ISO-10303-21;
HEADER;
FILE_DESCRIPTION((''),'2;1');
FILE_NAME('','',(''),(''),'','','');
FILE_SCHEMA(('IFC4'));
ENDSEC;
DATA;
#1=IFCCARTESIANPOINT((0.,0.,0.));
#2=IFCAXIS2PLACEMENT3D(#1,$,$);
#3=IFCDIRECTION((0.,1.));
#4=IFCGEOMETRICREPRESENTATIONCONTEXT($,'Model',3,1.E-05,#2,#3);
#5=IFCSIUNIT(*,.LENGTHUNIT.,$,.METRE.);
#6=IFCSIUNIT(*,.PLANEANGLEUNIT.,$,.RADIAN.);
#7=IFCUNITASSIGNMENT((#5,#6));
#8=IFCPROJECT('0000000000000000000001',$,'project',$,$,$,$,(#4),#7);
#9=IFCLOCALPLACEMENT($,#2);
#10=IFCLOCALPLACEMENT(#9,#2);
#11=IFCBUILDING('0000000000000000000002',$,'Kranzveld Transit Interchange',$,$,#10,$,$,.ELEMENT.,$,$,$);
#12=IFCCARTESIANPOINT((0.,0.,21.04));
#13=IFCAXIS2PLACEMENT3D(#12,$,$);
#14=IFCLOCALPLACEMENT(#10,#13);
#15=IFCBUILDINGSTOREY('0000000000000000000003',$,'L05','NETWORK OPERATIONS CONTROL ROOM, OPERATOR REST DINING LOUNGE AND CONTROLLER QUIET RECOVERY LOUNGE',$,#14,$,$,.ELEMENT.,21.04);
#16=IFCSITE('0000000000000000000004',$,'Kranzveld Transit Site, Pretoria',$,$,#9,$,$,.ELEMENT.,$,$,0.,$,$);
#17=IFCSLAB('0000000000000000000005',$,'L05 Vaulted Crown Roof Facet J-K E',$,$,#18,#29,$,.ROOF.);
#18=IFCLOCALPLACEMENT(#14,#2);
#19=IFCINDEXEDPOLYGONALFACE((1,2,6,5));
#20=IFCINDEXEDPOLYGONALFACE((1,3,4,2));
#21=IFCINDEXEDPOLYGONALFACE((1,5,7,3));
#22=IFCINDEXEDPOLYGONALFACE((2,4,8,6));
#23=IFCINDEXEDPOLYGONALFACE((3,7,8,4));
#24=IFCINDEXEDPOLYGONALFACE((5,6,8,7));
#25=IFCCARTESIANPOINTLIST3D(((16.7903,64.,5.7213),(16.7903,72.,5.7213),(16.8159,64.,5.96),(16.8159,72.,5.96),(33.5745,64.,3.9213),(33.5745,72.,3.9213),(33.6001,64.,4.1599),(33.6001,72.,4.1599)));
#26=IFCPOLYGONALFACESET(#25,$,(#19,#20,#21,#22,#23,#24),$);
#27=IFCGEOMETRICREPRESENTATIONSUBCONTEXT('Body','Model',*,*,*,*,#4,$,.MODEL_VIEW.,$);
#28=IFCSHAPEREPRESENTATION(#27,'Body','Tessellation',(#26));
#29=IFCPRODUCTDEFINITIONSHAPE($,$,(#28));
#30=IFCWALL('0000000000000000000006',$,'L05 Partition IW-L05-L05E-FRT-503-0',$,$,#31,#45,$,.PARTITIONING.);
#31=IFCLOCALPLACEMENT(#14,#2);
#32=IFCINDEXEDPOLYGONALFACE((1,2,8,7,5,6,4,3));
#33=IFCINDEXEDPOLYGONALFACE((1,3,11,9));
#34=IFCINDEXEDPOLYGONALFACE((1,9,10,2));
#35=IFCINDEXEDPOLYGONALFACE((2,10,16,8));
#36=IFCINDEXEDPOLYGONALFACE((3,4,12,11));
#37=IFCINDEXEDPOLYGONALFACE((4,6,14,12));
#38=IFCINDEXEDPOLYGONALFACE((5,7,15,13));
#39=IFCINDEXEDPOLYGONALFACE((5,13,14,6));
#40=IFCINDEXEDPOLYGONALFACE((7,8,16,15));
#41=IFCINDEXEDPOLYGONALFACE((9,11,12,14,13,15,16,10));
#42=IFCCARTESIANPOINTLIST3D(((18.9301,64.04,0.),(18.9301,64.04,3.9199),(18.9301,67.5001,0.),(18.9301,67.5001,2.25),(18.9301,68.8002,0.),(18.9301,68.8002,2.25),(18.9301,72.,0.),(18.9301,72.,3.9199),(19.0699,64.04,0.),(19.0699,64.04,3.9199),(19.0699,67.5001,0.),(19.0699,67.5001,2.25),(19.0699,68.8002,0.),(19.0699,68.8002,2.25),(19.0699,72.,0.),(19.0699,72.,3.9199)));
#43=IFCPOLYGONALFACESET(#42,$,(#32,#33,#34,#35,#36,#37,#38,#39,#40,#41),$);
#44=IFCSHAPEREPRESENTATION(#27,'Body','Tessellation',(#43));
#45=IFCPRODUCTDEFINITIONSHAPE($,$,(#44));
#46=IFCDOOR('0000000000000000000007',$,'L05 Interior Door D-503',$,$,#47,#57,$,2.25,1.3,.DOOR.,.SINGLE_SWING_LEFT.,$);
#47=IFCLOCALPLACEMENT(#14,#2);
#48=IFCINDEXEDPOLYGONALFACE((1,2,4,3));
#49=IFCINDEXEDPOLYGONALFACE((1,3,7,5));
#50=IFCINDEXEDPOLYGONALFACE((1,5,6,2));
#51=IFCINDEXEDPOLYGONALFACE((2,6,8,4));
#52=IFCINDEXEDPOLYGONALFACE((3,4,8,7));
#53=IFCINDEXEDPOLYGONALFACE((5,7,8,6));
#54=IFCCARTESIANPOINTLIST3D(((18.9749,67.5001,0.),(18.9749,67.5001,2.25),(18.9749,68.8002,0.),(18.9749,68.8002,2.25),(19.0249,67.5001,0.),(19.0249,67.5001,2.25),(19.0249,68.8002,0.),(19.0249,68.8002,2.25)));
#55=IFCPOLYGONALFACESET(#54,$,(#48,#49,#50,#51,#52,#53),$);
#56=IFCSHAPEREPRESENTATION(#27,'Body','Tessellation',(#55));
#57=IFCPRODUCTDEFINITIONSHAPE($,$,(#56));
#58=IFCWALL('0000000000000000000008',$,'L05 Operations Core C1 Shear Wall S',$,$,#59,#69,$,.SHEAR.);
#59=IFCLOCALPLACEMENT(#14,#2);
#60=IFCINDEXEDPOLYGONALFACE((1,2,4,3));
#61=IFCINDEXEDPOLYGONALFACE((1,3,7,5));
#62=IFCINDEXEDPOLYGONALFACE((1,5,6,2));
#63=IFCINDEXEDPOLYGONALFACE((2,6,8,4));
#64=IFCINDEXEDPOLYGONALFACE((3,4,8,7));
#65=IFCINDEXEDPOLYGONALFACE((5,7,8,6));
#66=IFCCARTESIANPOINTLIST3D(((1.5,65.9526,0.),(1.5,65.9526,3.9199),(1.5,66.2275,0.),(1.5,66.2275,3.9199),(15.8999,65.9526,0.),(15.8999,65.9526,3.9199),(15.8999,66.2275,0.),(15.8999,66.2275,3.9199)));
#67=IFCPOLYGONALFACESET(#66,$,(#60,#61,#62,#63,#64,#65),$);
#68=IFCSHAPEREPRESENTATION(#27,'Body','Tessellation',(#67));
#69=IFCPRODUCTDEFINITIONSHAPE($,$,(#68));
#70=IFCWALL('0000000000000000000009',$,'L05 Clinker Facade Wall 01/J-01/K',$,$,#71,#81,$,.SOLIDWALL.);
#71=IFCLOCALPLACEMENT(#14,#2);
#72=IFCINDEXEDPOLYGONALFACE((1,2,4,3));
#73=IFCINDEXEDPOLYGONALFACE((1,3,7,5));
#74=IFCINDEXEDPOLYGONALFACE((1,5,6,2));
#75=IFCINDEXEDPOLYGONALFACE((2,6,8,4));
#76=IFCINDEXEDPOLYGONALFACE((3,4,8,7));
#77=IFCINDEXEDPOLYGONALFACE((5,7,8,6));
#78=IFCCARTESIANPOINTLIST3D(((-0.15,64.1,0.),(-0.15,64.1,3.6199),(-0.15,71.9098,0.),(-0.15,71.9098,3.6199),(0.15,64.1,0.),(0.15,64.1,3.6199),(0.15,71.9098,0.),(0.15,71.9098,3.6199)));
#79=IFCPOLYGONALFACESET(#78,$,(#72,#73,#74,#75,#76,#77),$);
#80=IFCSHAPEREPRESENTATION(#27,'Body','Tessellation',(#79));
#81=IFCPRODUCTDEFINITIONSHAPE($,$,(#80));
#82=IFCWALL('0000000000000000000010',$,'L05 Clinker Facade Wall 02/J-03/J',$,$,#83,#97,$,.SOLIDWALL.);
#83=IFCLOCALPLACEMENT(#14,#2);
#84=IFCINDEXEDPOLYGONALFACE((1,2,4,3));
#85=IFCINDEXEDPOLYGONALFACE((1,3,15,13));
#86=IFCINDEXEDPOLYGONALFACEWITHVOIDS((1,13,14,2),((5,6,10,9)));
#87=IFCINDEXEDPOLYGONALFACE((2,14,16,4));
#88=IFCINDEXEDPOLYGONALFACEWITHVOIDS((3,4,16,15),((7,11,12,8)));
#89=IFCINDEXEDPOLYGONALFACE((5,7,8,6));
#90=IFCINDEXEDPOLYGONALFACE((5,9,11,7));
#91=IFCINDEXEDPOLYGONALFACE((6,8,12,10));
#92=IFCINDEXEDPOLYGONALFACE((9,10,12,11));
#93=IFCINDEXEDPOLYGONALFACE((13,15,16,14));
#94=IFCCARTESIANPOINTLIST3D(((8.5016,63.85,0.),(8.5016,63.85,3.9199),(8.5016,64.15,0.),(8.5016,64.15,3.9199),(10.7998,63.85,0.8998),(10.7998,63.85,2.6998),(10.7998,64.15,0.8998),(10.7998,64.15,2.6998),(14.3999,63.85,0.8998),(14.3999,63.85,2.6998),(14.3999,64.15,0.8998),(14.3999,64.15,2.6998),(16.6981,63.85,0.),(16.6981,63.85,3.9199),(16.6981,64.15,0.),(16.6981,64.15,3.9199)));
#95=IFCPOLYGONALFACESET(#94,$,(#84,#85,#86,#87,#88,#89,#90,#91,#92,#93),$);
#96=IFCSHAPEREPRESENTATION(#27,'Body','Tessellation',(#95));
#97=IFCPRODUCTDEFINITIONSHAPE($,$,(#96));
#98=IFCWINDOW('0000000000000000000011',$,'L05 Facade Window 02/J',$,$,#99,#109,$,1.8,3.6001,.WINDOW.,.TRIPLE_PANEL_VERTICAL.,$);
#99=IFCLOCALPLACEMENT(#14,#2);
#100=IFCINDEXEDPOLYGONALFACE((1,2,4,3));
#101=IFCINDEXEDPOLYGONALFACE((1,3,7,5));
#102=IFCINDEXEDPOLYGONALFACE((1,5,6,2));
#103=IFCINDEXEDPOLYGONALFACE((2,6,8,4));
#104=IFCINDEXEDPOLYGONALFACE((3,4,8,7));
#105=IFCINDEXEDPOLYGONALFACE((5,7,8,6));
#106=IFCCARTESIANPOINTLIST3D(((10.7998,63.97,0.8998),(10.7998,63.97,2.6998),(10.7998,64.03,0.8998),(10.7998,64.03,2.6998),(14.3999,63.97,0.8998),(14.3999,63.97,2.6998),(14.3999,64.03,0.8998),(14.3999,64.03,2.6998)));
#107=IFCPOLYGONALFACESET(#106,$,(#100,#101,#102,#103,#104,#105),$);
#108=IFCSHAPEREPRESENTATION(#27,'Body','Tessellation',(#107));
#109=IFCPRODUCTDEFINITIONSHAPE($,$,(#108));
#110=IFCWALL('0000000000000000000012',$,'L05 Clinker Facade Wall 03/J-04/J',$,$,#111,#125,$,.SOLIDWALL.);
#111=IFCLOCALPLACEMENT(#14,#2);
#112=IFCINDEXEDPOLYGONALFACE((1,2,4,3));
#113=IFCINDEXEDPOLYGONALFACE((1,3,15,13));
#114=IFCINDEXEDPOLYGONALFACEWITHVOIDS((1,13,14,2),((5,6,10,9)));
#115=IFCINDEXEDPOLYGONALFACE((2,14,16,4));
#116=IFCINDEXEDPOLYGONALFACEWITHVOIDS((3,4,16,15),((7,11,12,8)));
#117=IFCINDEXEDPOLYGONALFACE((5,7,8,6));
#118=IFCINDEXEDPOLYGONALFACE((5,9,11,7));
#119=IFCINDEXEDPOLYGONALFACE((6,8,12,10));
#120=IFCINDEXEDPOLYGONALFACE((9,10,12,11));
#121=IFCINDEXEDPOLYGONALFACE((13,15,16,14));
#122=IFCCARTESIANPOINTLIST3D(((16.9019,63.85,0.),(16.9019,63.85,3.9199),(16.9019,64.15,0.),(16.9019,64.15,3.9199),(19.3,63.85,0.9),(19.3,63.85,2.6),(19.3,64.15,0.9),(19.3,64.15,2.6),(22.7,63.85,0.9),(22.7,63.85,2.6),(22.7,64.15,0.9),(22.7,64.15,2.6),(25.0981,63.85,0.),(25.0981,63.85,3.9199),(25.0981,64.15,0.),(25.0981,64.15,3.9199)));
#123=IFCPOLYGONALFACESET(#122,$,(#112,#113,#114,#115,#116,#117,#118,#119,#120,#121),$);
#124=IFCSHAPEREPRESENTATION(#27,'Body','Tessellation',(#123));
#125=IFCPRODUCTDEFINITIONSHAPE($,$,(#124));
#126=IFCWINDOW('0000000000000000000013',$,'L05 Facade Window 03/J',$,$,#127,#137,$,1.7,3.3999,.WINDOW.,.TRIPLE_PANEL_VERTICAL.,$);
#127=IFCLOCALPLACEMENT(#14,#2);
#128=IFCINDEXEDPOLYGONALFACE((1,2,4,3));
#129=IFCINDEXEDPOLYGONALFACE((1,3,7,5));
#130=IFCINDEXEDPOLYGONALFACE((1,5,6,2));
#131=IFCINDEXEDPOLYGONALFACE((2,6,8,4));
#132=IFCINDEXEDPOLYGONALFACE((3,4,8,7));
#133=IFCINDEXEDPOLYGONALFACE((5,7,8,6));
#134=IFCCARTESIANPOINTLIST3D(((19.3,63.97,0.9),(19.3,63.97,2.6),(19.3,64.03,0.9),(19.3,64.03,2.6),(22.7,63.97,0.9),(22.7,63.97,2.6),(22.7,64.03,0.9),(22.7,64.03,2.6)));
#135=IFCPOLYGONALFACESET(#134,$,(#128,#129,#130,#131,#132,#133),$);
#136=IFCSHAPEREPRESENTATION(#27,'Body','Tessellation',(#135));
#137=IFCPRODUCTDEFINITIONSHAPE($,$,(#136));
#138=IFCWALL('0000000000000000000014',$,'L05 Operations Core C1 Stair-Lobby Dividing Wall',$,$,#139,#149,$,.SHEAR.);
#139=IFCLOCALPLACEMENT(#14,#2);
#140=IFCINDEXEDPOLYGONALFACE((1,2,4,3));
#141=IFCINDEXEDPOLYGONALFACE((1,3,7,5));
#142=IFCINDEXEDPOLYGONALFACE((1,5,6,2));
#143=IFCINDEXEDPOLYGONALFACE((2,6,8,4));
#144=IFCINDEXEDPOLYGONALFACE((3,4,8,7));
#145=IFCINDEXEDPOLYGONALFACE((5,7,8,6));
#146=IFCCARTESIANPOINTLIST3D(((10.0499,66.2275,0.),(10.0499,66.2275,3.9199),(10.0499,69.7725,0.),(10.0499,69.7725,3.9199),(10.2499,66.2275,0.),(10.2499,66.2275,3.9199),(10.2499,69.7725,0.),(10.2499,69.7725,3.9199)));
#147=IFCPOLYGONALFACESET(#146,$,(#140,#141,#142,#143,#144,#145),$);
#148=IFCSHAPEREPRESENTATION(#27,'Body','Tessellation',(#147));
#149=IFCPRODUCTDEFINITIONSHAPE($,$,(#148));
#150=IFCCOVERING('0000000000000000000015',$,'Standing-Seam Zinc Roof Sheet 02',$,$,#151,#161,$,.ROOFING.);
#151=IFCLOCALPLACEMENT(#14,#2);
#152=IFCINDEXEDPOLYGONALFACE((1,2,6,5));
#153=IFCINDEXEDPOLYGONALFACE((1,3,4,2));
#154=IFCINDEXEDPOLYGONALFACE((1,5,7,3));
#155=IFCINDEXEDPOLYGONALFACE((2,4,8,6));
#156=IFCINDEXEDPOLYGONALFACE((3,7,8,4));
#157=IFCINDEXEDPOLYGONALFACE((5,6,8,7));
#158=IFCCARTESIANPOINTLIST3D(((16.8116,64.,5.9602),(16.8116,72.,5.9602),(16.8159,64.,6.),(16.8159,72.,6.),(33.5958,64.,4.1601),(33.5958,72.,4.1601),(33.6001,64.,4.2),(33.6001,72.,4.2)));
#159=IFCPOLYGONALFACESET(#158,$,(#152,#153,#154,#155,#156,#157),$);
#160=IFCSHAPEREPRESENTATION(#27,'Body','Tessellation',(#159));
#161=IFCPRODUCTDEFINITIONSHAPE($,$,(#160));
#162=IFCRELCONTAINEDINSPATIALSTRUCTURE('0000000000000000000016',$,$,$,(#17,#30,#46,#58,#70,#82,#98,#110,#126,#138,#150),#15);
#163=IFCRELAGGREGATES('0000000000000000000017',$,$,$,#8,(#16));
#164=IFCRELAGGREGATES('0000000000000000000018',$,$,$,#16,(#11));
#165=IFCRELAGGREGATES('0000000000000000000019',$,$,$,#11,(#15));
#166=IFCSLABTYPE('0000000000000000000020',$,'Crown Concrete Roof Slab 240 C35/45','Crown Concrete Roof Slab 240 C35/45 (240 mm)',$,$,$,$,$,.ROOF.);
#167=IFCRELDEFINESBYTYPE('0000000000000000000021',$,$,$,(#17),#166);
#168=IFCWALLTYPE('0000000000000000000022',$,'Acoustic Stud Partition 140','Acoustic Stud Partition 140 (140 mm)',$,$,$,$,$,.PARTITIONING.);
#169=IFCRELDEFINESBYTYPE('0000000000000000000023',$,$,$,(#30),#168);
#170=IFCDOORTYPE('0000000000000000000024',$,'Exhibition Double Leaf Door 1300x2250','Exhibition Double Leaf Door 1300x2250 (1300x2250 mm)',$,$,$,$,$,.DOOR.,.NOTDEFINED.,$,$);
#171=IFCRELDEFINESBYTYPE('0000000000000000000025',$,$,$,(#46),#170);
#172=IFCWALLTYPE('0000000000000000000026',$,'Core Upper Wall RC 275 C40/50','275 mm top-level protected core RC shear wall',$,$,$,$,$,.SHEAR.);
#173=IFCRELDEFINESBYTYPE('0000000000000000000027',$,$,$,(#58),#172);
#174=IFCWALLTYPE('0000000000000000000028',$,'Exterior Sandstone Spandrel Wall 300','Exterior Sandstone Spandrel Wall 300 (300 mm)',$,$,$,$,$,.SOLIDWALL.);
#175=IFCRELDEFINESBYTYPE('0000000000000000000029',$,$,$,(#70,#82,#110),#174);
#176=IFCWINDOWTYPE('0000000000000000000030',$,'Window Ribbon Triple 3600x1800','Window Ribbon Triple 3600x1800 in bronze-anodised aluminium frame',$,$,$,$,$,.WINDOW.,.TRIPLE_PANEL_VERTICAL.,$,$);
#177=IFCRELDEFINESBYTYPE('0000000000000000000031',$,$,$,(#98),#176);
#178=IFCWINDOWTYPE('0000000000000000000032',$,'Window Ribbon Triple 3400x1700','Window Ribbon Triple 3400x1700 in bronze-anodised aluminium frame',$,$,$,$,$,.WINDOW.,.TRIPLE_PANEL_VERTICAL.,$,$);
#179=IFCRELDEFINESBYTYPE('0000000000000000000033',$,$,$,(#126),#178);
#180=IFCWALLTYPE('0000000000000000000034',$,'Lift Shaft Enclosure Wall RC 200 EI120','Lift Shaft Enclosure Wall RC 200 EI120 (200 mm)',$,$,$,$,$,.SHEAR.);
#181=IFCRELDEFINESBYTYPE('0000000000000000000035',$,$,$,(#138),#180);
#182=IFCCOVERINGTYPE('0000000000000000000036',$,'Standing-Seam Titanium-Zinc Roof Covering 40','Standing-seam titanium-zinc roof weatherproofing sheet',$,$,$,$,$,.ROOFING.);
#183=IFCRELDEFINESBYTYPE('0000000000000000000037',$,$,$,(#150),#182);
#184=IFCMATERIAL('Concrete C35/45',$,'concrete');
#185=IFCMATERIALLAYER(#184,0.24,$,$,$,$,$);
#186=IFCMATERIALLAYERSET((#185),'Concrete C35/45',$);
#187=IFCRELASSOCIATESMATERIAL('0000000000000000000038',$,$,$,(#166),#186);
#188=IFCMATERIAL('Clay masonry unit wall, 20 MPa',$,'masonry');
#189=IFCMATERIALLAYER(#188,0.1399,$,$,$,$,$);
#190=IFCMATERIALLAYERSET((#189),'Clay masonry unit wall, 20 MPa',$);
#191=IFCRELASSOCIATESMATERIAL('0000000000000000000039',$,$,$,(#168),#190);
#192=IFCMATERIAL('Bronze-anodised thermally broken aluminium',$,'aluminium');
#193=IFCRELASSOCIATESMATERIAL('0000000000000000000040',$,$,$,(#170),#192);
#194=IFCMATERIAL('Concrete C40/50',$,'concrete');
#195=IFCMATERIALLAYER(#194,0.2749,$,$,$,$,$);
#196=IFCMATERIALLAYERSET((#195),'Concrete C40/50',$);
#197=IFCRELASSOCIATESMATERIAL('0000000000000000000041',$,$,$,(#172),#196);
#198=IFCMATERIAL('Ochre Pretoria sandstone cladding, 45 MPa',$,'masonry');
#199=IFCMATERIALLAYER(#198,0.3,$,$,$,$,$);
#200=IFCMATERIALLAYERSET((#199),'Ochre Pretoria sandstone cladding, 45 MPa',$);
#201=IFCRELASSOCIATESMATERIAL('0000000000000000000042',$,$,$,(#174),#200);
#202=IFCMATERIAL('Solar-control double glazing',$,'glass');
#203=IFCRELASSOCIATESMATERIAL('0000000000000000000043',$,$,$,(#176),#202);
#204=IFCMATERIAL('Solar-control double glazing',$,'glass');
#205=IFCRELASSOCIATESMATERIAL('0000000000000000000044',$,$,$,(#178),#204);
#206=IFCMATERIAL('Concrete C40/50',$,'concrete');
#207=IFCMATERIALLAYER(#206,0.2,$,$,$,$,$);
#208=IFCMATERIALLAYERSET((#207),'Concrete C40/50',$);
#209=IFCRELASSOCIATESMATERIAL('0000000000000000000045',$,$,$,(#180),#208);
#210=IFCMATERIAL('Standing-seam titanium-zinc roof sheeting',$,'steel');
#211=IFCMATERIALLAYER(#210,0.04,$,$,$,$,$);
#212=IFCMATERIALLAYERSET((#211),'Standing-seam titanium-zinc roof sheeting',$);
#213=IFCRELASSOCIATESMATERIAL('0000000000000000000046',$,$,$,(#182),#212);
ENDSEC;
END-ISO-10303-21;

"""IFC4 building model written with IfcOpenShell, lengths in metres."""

from ifc_helpers import new_model, si_unit, direction, frame, frame_2d, origin, place, context, subcontext, project, spatial, polyline, rectangle, outline, extrude, material, layer, layer_set, type_object, element, fill, save


model = new_model("IFC4")

# Units and contexts
model_context = context("Model", 3, precision=1e-05, world=origin(), true_north=direction((0.0, 1.0)))
body_context = subcontext(model_context, "Body", "Model", "MODEL_VIEW")
ifc_project = project(units=[si_unit("LENGTHUNIT", "METRE"), si_unit("PLANEANGLEUNIT", "RADIAN")], contexts=[model_context])

# Site, building, storey
site_placement = place(None, origin())
site = spatial("IfcSite", under=ifc_project, at=site_placement, Name="Kranzveld Transit Site, Pretoria", CompositionType="ELEMENT", RefElevation=0.0)
building_placement = place(site_placement, origin())
building = spatial("IfcBuilding", under=site, at=building_placement, Name="Kranzveld Transit Interchange", CompositionType="ELEMENT")
storey_placement = place(building_placement, frame((0.0, 0.0, 21.04)))
storey = spatial("IfcBuildingStorey", under=building, at=storey_placement, Name="L05", Description="NETWORK OPERATIONS CONTROL ROOM, OPERATOR REST DINING LOUNGE AND CONTROLLER QUIET RECOVERY LOUNGE", CompositionType="ELEMENT", Elevation=21.04)

# Slab
ifc_material_1 = material(Name="Concrete C35/45", Category="concrete")
ifc_layer_1 = layer(ifc_material_1, 0.24)
ifc_layer_set_1 = layer_set([ifc_layer_1], Name="Concrete C35/45")
slab_type = type_object("IfcSlabType", Name="Crown Concrete Roof Slab 240 C35/45", Description="Crown Concrete Roof Slab 240 C35/45 (240 mm)", PredefinedType="ROOF", material=ifc_layer_set_1)
slab_placement = place(storey_placement, frame((16.8159, 64.0, 5.96), z_axis=(0.106635, 0.0, 0.994298), x_axis=(0.994298, 0.0, -0.106635)))
element("IfcSlab", 1, at=slab_placement, inside=storey, type_object=slab_type, Name="L05 Vaulted Crown Roof Facet J-K E", PredefinedType="ROOF", context=body_context, shape_type="SweptSolid", body=[
    extrude(outline(polyline([(0.0, 0.0), (16.8804, 0.0), (16.8804, 8.0), (0.0, 8.0), (0.0, 0.0)])), origin(), (0.0, 0.0, -1.0), 0.24),
])

# Wall, opening, door
ifc_material_2 = material(Name="Clay masonry unit wall, 20 MPa", Category="masonry")
ifc_layer_2 = layer(ifc_material_2, 0.1399)
ifc_layer_set_2 = layer_set([ifc_layer_2], Name="Clay masonry unit wall, 20 MPa")
wall_type_1 = type_object("IfcWallType", Name="Acoustic Stud Partition 140", Description="Acoustic Stud Partition 140 (140 mm)", PredefinedType="PARTITIONING", material=ifc_layer_set_2)
wall_1_placement = place(storey_placement, frame((19.0, 64.04, 0.0), z_axis=(0.0, 0.0, 1.0), x_axis=(0.0, 1.0, 0.0)))
wall_1 = element("IfcWall", 2, at=wall_1_placement, inside=storey, type_object=wall_type_1, Name="L05 Partition IW-L05-L05E-FRT-503-0", PredefinedType="PARTITIONING", context=body_context, shape_type="SweptSolid", body=[
    extrude(rectangle(XDim=7.96, YDim=0.1399, at=frame_2d((3.98, 0.0))), origin(), (0.0, 0.0, 1.0), 3.9199),
])
opening_1_placement = place(wall_1_placement, frame((4.76, 0.0, 0.0), z_axis=(0.0, 0.0, 1.0), x_axis=(-1.0, 0.0, 0.0)))
opening_1 = element("IfcOpeningElement", 3, at=opening_1_placement, cuts=wall_1, PredefinedType="OPENING", context=body_context, shape_type="SweptSolid", body=[
    extrude(rectangle(XDim=1.3, YDim=2.25, at=frame_2d((0.6499, 1.125))), frame((0.0, 0.0798, 0.0), z_axis=(0.0, -1.0, 0.0), x_axis=(1.0, 0.0, 0.0)), (0.0, 0.0, 1.0), 0.1599),
])
ifc_material_3 = material(Name="Bronze-anodised thermally broken aluminium", Category="aluminium")
door_type = type_object("IfcDoorType", Name="Exhibition Double Leaf Door 1300x2250", Description="Exhibition Double Leaf Door 1300x2250 (1300x2250 mm)", OperationType="NOTDEFINED", PredefinedType="DOOR", material=ifc_material_3)
door_placement = place(opening_1_placement, origin())
door = element("IfcDoor", 4, at=door_placement, inside=storey, type_object=door_type, Name="L05 Interior Door D-503", OperationType="SINGLE_SWING_LEFT", OverallHeight=2.25, OverallWidth=1.3, PredefinedType="DOOR", context=body_context, shape_type="SweptSolid", body=[
    extrude(rectangle(XDim=1.3, YDim=2.25, at=frame_2d((0.6499, 1.125))), frame((0.0, 0.0249, 0.0), z_axis=(0.0, -1.0, 0.0), x_axis=(1.0, 0.0, 0.0)), (0.0, 0.0, 1.0), 0.05),
])
fill(opening_1, door)

# Walls
ifc_material_4 = material(Name="Concrete C40/50", Category="concrete")
ifc_layer_3 = layer(ifc_material_4, 0.2749)
ifc_layer_set_3 = layer_set([ifc_layer_3], Name="Concrete C40/50")
wall_type_2 = type_object("IfcWallType", Name="Core Upper Wall RC 275 C40/50", Description="275 mm top-level protected core RC shear wall", PredefinedType="SHEAR", material=ifc_layer_set_3)
wall_2_placement = place(storey_placement, frame((1.5, 66.0901, 0.0), z_axis=(0.0, 0.0, 1.0), x_axis=(1.0, 0.0, 0.0)))
element("IfcWall", 5, at=wall_2_placement, inside=storey, type_object=wall_type_2, Name="L05 Operations Core C1 Shear Wall S", PredefinedType="SHEAR", context=body_context, shape_type="SweptSolid", body=[
    extrude(rectangle(XDim=14.3999, YDim=0.2749, at=frame_2d((7.2, 0.0))), origin(), (0.0, 0.0, 1.0), 3.9199),
])
ifc_material_5 = material(Name="Ochre Pretoria sandstone cladding, 45 MPa", Category="masonry")
ifc_layer_4 = layer(ifc_material_5, 0.3)
ifc_layer_set_4 = layer_set([ifc_layer_4], Name="Ochre Pretoria sandstone cladding, 45 MPa")
wall_type_3 = type_object("IfcWallType", Name="Exterior Sandstone Spandrel Wall 300", Description="Exterior Sandstone Spandrel Wall 300 (300 mm)", PredefinedType="SOLIDWALL", material=ifc_layer_set_4)
wall_3_placement = place(storey_placement, frame((0.0, 64.1001, 0.0), z_axis=(0.0, 0.0, 1.0), x_axis=(0.0, 1.0, 0.0)))
element("IfcWall", 6, at=wall_3_placement, inside=storey, type_object=wall_type_3, Name="L05 Clinker Facade Wall 01/J-01/K", PredefinedType="SOLIDWALL", context=body_context, shape_type="SweptSolid", body=[
    extrude(rectangle(XDim=7.8098, YDim=0.3, at=frame_2d((3.9048, 0.0))), origin(), (0.0, 0.0, 1.0), 3.6199),
])

# Walls, openings, windows
wall_4_placement = place(storey_placement, frame((8.5017, 64.0, 0.0), z_axis=(0.0, 0.0, 1.0), x_axis=(1.0, 0.0, 0.0)))
wall_4 = element("IfcWall", 7, at=wall_4_placement, inside=storey, type_object=wall_type_3, Name="L05 Clinker Facade Wall 02/J-03/J", PredefinedType="SOLIDWALL", context=body_context, shape_type="SweptSolid", body=[
    extrude(rectangle(XDim=8.1965, YDim=0.3, at=frame_2d((4.0981, 0.0))), origin(), (0.0, 0.0, 1.0), 3.9199),
])
opening_2_placement = place(wall_4_placement, frame((2.2981, 0.0, 0.8999), z_axis=(0.0, 0.0, 1.0), x_axis=(1.0, 0.0, 0.0)))
opening_2 = element("IfcOpeningElement", 8, at=opening_2_placement, cuts=wall_4, PredefinedType="OPENING", context=body_context, shape_type="SweptSolid", body=[
    extrude(rectangle(XDim=3.6001, YDim=1.8, at=frame_2d((1.8, 0.8999))), frame((0.0, 0.1599, 0.0), z_axis=(0.0, -1.0, 0.0), x_axis=(1.0, 0.0, 0.0)), (0.0, 0.0, 1.0), 0.3201),
])
ifc_material_6 = material(Name="Solar-control double glazing", Category="glass")
window_type_1 = type_object("IfcWindowType", Name="Window Ribbon Triple 3600x1800", Description="Window Ribbon Triple 3600x1800 in bronze-anodised aluminium frame", PartitioningType="TRIPLE_PANEL_VERTICAL", PredefinedType="WINDOW", material=ifc_material_6)
window_1_placement = place(opening_2_placement, origin())
window_1 = element("IfcWindow", 9, at=window_1_placement, inside=storey, type_object=window_type_1, Name="L05 Facade Window 02/J", OverallHeight=1.8, OverallWidth=3.6001, PartitioningType="TRIPLE_PANEL_VERTICAL", PredefinedType="WINDOW", context=body_context, shape_type="SweptSolid", body=[
    extrude(rectangle(XDim=3.6001, YDim=1.8, at=frame_2d((1.8, 0.8999))), frame((0.0, 0.03, 0.0), z_axis=(0.0, -1.0, 0.0), x_axis=(1.0, 0.0, 0.0)), (0.0, 0.0, 1.0), 0.0601),
])
fill(opening_2, window_1)
wall_5_placement = place(storey_placement, frame((16.9019, 64.0, 0.0), z_axis=(0.0, 0.0, 1.0), x_axis=(1.0, 0.0, 0.0)))
wall_5 = element("IfcWall", 10, at=wall_5_placement, inside=storey, type_object=wall_type_3, Name="L05 Clinker Facade Wall 03/J-04/J", PredefinedType="SOLIDWALL", context=body_context, shape_type="SweptSolid", body=[
    extrude(rectangle(XDim=8.1963, YDim=0.3, at=frame_2d((4.0981, 0.0))), origin(), (0.0, 0.0, 1.0), 3.9199),
])
opening_3_placement = place(wall_5_placement, frame((2.3982, 0.0, 0.8999), z_axis=(0.0, 0.0, 1.0), x_axis=(1.0, 0.0, 0.0)))
opening_3 = element("IfcOpeningElement", 11, at=opening_3_placement, cuts=wall_5, PredefinedType="OPENING", context=body_context, shape_type="SweptSolid", body=[
    extrude(rectangle(XDim=3.3999, YDim=1.7, at=frame_2d((1.7, 0.8501))), frame((0.0, 0.1599, 0.0), z_axis=(0.0, -1.0, 0.0), x_axis=(1.0, 0.0, 0.0)), (0.0, 0.0, 1.0), 0.3201),
])
ifc_material_7 = material(Name="Solar-control double glazing", Category="glass")
window_type_2 = type_object("IfcWindowType", Name="Window Ribbon Triple 3400x1700", Description="Window Ribbon Triple 3400x1700 in bronze-anodised aluminium frame", PartitioningType="TRIPLE_PANEL_VERTICAL", PredefinedType="WINDOW", material=ifc_material_7)
window_2_placement = place(opening_3_placement, origin())
window_2 = element("IfcWindow", 12, at=window_2_placement, inside=storey, type_object=window_type_2, Name="L05 Facade Window 03/J", OverallHeight=1.7, OverallWidth=3.3999, PartitioningType="TRIPLE_PANEL_VERTICAL", PredefinedType="WINDOW", context=body_context, shape_type="SweptSolid", body=[
    extrude(rectangle(XDim=3.3999, YDim=1.7, at=frame_2d((1.7, 0.8501))), frame((0.0, 0.03, 0.0), z_axis=(0.0, -1.0, 0.0), x_axis=(1.0, 0.0, 0.0)), (0.0, 0.0, 1.0), 0.0601),
])
fill(opening_3, window_2)

# Wall
ifc_material_8 = material(Name="Concrete C40/50", Category="concrete")
ifc_layer_5 = layer(ifc_material_8, 0.2)
ifc_layer_set_5 = layer_set([ifc_layer_5], Name="Concrete C40/50")
wall_type_4 = type_object("IfcWallType", Name="Lift Shaft Enclosure Wall RC 200 EI120", Description="Lift Shaft Enclosure Wall RC 200 EI120 (200 mm)", PredefinedType="SHEAR", material=ifc_layer_set_5)
wall_6_placement = place(storey_placement, frame((10.1499, 66.2275, 0.0), z_axis=(0.0, 0.0, 1.0), x_axis=(0.0, 1.0, 0.0)))
element("IfcWall", 13, at=wall_6_placement, inside=storey, type_object=wall_type_4, Name="L05 Operations Core C1 Stair-Lobby Dividing Wall", PredefinedType="SHEAR", context=body_context, shape_type="SweptSolid", body=[
    extrude(rectangle(XDim=3.5449, YDim=0.2, at=frame_2d((1.7725, 0.0))), origin(), (0.0, 0.0, 1.0), 3.9199),
])

# Covering
ifc_material_9 = material(Name="Standing-seam titanium-zinc roof sheeting", Category="steel")
ifc_layer_6 = layer(ifc_material_9, 0.04)
ifc_layer_set_6 = layer_set([ifc_layer_6], Name="Standing-seam titanium-zinc roof sheeting")
covering_type = type_object("IfcCoveringType", Name="Standing-Seam Titanium-Zinc Roof Covering 40", Description="Standing-seam titanium-zinc roof weatherproofing sheet", PredefinedType="ROOFING", material=ifc_layer_set_6)
covering_placement = place(storey_placement, frame((16.8159, 64.0, 6.0), z_axis=(0.106635, 0.0, 0.994298), x_axis=(0.994298, 0.0, -0.106635)))
element("IfcCovering", 14, at=covering_placement, inside=storey, type_object=covering_type, Name="Standing-Seam Zinc Roof Sheet 02", PredefinedType="ROOFING", context=body_context, shape_type="SweptSolid", body=[
    extrude(outline(polyline([(0.0, 0.0), (16.8804, 0.0), (16.8804, 8.0), (0.0, 8.0), (0.0, 0.0)])), origin(), (0.0, 0.0, -1.0), 0.04),
])

save(model, "model.ifc")
